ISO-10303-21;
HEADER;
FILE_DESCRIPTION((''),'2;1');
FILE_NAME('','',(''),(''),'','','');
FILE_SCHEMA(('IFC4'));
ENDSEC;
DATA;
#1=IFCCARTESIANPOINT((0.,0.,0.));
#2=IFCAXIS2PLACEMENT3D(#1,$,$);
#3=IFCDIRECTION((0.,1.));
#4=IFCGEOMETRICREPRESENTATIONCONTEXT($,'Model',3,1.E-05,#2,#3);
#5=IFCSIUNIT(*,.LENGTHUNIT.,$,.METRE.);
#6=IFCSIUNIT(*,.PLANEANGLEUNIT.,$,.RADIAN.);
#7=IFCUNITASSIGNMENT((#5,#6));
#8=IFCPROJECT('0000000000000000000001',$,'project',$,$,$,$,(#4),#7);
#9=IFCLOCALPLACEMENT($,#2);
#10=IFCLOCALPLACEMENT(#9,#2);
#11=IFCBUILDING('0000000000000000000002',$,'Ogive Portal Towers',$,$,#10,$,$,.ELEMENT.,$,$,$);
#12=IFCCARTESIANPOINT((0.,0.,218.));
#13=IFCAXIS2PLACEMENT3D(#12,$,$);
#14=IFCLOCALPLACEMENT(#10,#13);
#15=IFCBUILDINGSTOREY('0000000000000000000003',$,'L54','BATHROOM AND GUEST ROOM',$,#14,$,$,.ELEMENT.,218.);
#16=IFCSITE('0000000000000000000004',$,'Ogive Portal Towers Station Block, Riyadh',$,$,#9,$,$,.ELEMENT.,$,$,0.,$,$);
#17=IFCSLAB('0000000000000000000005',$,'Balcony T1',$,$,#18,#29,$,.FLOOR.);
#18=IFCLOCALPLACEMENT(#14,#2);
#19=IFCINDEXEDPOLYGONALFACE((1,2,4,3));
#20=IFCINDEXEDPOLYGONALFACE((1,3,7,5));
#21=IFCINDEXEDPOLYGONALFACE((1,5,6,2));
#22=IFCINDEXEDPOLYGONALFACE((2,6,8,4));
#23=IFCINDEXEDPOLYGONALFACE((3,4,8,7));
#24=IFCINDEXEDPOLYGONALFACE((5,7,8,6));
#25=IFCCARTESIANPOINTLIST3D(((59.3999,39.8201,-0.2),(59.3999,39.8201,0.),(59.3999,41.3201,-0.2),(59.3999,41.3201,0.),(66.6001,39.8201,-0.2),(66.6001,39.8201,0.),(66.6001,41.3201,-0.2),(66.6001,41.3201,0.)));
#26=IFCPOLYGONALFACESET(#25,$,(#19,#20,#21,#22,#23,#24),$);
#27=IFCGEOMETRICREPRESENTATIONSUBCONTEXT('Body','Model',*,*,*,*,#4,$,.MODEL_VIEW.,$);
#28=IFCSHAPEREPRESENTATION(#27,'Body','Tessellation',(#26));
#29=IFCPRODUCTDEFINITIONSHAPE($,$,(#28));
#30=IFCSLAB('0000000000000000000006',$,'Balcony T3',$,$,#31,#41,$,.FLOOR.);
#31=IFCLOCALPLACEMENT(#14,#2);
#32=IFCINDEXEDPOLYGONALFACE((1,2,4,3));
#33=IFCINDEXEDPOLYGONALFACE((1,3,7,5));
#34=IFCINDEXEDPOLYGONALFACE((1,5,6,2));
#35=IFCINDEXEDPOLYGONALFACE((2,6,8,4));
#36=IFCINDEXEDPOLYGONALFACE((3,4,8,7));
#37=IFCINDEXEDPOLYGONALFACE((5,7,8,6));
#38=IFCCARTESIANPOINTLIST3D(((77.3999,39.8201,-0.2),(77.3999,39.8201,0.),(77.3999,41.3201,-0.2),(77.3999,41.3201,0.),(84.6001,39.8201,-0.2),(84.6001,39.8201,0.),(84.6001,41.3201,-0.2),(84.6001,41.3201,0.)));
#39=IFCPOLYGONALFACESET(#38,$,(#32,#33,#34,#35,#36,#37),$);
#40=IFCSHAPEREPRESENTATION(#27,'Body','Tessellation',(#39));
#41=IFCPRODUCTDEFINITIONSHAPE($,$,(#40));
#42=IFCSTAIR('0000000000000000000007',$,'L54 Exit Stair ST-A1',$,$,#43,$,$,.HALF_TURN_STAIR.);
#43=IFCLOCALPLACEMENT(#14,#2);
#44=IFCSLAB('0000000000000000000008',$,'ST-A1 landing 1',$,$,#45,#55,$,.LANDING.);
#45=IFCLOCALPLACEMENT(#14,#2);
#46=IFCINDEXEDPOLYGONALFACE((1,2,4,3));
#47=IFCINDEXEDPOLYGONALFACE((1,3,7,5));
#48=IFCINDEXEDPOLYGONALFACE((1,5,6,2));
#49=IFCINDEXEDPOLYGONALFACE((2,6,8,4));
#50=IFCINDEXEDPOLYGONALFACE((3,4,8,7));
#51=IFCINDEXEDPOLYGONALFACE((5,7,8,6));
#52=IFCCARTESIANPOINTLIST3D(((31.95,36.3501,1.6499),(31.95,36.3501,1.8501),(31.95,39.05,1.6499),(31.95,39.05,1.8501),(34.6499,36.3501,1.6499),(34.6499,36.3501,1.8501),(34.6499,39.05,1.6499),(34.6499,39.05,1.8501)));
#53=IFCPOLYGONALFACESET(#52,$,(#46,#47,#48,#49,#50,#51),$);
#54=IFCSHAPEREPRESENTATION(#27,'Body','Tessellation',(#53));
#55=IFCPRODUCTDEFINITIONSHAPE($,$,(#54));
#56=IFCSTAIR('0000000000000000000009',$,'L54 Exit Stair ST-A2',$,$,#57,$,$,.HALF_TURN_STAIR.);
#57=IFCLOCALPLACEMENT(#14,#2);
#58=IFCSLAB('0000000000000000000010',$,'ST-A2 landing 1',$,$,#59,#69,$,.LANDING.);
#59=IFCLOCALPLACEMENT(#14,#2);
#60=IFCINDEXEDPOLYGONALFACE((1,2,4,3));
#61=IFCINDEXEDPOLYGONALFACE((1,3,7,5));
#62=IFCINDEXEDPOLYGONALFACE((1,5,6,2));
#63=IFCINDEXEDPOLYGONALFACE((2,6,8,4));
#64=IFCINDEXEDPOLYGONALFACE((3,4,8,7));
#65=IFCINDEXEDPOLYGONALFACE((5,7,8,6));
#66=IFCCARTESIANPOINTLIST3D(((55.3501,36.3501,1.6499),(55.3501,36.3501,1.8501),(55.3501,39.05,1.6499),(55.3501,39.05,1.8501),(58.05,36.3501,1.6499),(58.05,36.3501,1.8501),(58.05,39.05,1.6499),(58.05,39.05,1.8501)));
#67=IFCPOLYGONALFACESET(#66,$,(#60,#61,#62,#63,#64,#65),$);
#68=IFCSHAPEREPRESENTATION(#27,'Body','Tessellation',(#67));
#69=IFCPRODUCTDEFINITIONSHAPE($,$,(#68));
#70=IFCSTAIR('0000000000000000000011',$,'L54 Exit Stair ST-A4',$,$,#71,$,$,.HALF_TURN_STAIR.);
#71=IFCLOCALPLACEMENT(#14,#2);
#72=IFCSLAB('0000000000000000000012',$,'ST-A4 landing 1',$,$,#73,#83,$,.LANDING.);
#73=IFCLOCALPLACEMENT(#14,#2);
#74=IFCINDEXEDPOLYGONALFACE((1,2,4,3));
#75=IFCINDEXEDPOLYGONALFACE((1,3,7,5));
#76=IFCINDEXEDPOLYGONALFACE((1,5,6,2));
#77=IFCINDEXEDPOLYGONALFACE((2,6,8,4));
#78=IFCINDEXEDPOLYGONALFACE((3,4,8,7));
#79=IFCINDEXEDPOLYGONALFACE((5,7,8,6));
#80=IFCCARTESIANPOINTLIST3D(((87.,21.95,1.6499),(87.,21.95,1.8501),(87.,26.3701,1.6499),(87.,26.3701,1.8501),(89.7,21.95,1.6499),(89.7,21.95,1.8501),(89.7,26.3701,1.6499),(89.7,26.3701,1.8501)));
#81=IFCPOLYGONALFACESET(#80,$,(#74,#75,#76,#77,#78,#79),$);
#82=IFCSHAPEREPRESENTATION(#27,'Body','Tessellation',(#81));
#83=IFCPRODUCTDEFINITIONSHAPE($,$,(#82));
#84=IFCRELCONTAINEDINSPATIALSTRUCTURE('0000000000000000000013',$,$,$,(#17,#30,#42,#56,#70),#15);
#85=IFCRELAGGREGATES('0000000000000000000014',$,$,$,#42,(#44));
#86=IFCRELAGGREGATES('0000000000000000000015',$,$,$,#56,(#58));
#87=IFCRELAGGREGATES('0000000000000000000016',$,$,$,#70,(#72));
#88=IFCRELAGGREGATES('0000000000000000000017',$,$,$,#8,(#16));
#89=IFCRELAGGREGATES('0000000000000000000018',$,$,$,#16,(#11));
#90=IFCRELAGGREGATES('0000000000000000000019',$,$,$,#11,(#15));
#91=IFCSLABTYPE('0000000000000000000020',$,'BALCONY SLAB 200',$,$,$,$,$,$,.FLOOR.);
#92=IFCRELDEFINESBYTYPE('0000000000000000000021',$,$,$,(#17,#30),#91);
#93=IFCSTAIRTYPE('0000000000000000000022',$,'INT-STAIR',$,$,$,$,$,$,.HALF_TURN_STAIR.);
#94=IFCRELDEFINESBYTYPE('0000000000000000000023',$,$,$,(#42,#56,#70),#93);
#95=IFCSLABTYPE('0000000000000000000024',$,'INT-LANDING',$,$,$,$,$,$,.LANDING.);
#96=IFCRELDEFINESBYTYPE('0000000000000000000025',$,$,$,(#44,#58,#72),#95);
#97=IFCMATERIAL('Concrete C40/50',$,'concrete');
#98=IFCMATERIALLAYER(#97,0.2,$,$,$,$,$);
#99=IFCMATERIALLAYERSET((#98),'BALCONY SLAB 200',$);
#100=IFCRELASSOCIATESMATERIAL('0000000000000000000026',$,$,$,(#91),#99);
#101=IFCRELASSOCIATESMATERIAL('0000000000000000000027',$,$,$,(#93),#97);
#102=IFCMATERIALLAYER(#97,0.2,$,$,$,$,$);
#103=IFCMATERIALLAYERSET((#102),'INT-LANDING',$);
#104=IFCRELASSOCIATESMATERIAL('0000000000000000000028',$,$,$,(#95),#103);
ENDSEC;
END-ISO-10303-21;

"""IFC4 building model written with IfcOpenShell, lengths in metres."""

from ifc_helpers import new_model, si_unit, direction, frame, origin, place, context, subcontext, project, spatial, polyline, outline, extrude, material, layer, layer_set, type_object, element, aggregate, save


model = new_model("IFC4")

# Units and contexts
model_context = context("Model", 3, precision=1e-05, world=origin(), true_north=direction((0.0, 1.0)))
body_context = subcontext(model_context, "Body", "Model", "MODEL_VIEW")
ifc_project = project(units=[si_unit("LENGTHUNIT", "METRE"), si_unit("PLANEANGLEUNIT", "RADIAN")], contexts=[model_context])

# Site, building, storey
site_placement = place(None, origin())
site = spatial("IfcSite", under=ifc_project, at=site_placement, Name="Ogive Portal Towers Station Block, Riyadh", CompositionType="ELEMENT", RefElevation=0.0)
building_placement = place(site_placement, origin())
building = spatial("IfcBuilding", under=site, at=building_placement, Name="Ogive Portal Towers", CompositionType="ELEMENT")
storey_placement = place(building_placement, frame((0.0, 0.0, 218.0)))
storey = spatial("IfcBuildingStorey", under=building, at=storey_placement, Name="L54", Description="BATHROOM AND GUEST ROOM", CompositionType="ELEMENT", Elevation=218.0)

# Slabs
ifc_material_1 = material(Name="Concrete C40/50", Category="concrete")
ifc_layer_1 = layer(ifc_material_1, 0.2)
ifc_layer_set_1 = layer_set([ifc_layer_1], Name="BALCONY SLAB 200")
slab_type_1 = type_object("IfcSlabType", Name="BALCONY SLAB 200", PredefinedType="FLOOR", material=ifc_layer_set_1)
slab_1_placement = place(storey_placement, frame((0.0, 0.0, -0.2)))
element("IfcSlab", 1, at=slab_1_placement, inside=storey, type_object=slab_type_1, Name="Balcony T1", PredefinedType="FLOOR", context=body_context, shape_type="SweptSolid", body=[
    extrude(outline(polyline([(59.3999, 39.8201), (66.6001, 39.8201), (66.6001, 41.3201), (59.3999, 41.3201), (59.3999, 39.8201)])), origin(), (0.0, 0.0, 1.0), 0.2),
])
slab_2_placement = place(storey_placement, frame((0.0, 0.0, -0.2)))
element("IfcSlab", 2, at=slab_2_placement, inside=storey, type_object=slab_type_1, Name="Balcony T3", PredefinedType="FLOOR", context=body_context, shape_type="SweptSolid", body=[
    extrude(outline(polyline([(77.3999, 39.8201), (84.6001, 39.8201), (84.6001, 41.3201), (77.3999, 41.3201), (77.3999, 39.8201)])), origin(), (0.0, 0.0, 1.0), 0.2),
])

# Stairs, slabs
stair_type = type_object("IfcStairType", Name="INT-STAIR", PredefinedType="HALF_TURN_STAIR", material=ifc_material_1)
stair_1_placement = place(storey_placement, origin())
stair_1 = element("IfcStair", 3, at=stair_1_placement, inside=storey, type_object=stair_type, Name="L54 Exit Stair ST-A1", PredefinedType="HALF_TURN_STAIR")
ifc_layer_2 = layer(ifc_material_1, 0.2)
ifc_layer_set_2 = layer_set([ifc_layer_2], Name="INT-LANDING")
slab_type_2 = type_object("IfcSlabType", Name="INT-LANDING", PredefinedType="LANDING", material=ifc_layer_set_2)
slab_3_placement = place(storey_placement, frame((0.0, 0.0, 1.6499)))
slab_3 = element("IfcSlab", 4, at=slab_3_placement, type_object=slab_type_2, Name="ST-A1 landing 1", PredefinedType="LANDING", context=body_context, shape_type="SweptSolid", body=[
    extrude(outline(polyline([(34.6499, 39.05), (31.95, 39.05), (31.95, 36.3501), (34.6499, 36.3501), (34.6499, 39.05)])), origin(), (0.0, 0.0, 1.0), 0.2002),
])
aggregate(stair_1, [slab_3])
stair_2_placement = place(storey_placement, origin())
stair_2 = element("IfcStair", 5, at=stair_2_placement, inside=storey, type_object=stair_type, Name="L54 Exit Stair ST-A2", PredefinedType="HALF_TURN_STAIR")
slab_4_placement = place(storey_placement, frame((0.0, 0.0, 1.6499)))
slab_4 = element("IfcSlab", 6, at=slab_4_placement, type_object=slab_type_2, Name="ST-A2 landing 1", PredefinedType="LANDING", context=body_context, shape_type="SweptSolid", body=[
    extrude(outline(polyline([(55.3501, 36.3501), (58.05, 36.3501), (58.05, 39.05), (55.3501, 39.05), (55.3501, 36.3501)])), origin(), (0.0, 0.0, 1.0), 0.2002),
])
aggregate(stair_2, [slab_4])
stair_3_placement = place(storey_placement, origin())
stair_3 = element("IfcStair", 7, at=stair_3_placement, inside=storey, type_object=stair_type, Name="L54 Exit Stair ST-A4", PredefinedType="HALF_TURN_STAIR")
slab_5_placement = place(storey_placement, frame((0.0, 0.0, 1.6499)))
slab_5 = element("IfcSlab", 8, at=slab_5_placement, type_object=slab_type_2, Name="ST-A4 landing 1", PredefinedType="LANDING", context=body_context, shape_type="SweptSolid", body=[
    extrude(outline(polyline([(87.0, 26.3701), (87.0, 21.95), (89.7, 21.95), (89.7, 26.3701), (87.0, 26.3701)])), origin(), (0.0, 0.0, 1.0), 0.2002),
])
aggregate(stair_3, [slab_5])

save(model, "model.ifc")
